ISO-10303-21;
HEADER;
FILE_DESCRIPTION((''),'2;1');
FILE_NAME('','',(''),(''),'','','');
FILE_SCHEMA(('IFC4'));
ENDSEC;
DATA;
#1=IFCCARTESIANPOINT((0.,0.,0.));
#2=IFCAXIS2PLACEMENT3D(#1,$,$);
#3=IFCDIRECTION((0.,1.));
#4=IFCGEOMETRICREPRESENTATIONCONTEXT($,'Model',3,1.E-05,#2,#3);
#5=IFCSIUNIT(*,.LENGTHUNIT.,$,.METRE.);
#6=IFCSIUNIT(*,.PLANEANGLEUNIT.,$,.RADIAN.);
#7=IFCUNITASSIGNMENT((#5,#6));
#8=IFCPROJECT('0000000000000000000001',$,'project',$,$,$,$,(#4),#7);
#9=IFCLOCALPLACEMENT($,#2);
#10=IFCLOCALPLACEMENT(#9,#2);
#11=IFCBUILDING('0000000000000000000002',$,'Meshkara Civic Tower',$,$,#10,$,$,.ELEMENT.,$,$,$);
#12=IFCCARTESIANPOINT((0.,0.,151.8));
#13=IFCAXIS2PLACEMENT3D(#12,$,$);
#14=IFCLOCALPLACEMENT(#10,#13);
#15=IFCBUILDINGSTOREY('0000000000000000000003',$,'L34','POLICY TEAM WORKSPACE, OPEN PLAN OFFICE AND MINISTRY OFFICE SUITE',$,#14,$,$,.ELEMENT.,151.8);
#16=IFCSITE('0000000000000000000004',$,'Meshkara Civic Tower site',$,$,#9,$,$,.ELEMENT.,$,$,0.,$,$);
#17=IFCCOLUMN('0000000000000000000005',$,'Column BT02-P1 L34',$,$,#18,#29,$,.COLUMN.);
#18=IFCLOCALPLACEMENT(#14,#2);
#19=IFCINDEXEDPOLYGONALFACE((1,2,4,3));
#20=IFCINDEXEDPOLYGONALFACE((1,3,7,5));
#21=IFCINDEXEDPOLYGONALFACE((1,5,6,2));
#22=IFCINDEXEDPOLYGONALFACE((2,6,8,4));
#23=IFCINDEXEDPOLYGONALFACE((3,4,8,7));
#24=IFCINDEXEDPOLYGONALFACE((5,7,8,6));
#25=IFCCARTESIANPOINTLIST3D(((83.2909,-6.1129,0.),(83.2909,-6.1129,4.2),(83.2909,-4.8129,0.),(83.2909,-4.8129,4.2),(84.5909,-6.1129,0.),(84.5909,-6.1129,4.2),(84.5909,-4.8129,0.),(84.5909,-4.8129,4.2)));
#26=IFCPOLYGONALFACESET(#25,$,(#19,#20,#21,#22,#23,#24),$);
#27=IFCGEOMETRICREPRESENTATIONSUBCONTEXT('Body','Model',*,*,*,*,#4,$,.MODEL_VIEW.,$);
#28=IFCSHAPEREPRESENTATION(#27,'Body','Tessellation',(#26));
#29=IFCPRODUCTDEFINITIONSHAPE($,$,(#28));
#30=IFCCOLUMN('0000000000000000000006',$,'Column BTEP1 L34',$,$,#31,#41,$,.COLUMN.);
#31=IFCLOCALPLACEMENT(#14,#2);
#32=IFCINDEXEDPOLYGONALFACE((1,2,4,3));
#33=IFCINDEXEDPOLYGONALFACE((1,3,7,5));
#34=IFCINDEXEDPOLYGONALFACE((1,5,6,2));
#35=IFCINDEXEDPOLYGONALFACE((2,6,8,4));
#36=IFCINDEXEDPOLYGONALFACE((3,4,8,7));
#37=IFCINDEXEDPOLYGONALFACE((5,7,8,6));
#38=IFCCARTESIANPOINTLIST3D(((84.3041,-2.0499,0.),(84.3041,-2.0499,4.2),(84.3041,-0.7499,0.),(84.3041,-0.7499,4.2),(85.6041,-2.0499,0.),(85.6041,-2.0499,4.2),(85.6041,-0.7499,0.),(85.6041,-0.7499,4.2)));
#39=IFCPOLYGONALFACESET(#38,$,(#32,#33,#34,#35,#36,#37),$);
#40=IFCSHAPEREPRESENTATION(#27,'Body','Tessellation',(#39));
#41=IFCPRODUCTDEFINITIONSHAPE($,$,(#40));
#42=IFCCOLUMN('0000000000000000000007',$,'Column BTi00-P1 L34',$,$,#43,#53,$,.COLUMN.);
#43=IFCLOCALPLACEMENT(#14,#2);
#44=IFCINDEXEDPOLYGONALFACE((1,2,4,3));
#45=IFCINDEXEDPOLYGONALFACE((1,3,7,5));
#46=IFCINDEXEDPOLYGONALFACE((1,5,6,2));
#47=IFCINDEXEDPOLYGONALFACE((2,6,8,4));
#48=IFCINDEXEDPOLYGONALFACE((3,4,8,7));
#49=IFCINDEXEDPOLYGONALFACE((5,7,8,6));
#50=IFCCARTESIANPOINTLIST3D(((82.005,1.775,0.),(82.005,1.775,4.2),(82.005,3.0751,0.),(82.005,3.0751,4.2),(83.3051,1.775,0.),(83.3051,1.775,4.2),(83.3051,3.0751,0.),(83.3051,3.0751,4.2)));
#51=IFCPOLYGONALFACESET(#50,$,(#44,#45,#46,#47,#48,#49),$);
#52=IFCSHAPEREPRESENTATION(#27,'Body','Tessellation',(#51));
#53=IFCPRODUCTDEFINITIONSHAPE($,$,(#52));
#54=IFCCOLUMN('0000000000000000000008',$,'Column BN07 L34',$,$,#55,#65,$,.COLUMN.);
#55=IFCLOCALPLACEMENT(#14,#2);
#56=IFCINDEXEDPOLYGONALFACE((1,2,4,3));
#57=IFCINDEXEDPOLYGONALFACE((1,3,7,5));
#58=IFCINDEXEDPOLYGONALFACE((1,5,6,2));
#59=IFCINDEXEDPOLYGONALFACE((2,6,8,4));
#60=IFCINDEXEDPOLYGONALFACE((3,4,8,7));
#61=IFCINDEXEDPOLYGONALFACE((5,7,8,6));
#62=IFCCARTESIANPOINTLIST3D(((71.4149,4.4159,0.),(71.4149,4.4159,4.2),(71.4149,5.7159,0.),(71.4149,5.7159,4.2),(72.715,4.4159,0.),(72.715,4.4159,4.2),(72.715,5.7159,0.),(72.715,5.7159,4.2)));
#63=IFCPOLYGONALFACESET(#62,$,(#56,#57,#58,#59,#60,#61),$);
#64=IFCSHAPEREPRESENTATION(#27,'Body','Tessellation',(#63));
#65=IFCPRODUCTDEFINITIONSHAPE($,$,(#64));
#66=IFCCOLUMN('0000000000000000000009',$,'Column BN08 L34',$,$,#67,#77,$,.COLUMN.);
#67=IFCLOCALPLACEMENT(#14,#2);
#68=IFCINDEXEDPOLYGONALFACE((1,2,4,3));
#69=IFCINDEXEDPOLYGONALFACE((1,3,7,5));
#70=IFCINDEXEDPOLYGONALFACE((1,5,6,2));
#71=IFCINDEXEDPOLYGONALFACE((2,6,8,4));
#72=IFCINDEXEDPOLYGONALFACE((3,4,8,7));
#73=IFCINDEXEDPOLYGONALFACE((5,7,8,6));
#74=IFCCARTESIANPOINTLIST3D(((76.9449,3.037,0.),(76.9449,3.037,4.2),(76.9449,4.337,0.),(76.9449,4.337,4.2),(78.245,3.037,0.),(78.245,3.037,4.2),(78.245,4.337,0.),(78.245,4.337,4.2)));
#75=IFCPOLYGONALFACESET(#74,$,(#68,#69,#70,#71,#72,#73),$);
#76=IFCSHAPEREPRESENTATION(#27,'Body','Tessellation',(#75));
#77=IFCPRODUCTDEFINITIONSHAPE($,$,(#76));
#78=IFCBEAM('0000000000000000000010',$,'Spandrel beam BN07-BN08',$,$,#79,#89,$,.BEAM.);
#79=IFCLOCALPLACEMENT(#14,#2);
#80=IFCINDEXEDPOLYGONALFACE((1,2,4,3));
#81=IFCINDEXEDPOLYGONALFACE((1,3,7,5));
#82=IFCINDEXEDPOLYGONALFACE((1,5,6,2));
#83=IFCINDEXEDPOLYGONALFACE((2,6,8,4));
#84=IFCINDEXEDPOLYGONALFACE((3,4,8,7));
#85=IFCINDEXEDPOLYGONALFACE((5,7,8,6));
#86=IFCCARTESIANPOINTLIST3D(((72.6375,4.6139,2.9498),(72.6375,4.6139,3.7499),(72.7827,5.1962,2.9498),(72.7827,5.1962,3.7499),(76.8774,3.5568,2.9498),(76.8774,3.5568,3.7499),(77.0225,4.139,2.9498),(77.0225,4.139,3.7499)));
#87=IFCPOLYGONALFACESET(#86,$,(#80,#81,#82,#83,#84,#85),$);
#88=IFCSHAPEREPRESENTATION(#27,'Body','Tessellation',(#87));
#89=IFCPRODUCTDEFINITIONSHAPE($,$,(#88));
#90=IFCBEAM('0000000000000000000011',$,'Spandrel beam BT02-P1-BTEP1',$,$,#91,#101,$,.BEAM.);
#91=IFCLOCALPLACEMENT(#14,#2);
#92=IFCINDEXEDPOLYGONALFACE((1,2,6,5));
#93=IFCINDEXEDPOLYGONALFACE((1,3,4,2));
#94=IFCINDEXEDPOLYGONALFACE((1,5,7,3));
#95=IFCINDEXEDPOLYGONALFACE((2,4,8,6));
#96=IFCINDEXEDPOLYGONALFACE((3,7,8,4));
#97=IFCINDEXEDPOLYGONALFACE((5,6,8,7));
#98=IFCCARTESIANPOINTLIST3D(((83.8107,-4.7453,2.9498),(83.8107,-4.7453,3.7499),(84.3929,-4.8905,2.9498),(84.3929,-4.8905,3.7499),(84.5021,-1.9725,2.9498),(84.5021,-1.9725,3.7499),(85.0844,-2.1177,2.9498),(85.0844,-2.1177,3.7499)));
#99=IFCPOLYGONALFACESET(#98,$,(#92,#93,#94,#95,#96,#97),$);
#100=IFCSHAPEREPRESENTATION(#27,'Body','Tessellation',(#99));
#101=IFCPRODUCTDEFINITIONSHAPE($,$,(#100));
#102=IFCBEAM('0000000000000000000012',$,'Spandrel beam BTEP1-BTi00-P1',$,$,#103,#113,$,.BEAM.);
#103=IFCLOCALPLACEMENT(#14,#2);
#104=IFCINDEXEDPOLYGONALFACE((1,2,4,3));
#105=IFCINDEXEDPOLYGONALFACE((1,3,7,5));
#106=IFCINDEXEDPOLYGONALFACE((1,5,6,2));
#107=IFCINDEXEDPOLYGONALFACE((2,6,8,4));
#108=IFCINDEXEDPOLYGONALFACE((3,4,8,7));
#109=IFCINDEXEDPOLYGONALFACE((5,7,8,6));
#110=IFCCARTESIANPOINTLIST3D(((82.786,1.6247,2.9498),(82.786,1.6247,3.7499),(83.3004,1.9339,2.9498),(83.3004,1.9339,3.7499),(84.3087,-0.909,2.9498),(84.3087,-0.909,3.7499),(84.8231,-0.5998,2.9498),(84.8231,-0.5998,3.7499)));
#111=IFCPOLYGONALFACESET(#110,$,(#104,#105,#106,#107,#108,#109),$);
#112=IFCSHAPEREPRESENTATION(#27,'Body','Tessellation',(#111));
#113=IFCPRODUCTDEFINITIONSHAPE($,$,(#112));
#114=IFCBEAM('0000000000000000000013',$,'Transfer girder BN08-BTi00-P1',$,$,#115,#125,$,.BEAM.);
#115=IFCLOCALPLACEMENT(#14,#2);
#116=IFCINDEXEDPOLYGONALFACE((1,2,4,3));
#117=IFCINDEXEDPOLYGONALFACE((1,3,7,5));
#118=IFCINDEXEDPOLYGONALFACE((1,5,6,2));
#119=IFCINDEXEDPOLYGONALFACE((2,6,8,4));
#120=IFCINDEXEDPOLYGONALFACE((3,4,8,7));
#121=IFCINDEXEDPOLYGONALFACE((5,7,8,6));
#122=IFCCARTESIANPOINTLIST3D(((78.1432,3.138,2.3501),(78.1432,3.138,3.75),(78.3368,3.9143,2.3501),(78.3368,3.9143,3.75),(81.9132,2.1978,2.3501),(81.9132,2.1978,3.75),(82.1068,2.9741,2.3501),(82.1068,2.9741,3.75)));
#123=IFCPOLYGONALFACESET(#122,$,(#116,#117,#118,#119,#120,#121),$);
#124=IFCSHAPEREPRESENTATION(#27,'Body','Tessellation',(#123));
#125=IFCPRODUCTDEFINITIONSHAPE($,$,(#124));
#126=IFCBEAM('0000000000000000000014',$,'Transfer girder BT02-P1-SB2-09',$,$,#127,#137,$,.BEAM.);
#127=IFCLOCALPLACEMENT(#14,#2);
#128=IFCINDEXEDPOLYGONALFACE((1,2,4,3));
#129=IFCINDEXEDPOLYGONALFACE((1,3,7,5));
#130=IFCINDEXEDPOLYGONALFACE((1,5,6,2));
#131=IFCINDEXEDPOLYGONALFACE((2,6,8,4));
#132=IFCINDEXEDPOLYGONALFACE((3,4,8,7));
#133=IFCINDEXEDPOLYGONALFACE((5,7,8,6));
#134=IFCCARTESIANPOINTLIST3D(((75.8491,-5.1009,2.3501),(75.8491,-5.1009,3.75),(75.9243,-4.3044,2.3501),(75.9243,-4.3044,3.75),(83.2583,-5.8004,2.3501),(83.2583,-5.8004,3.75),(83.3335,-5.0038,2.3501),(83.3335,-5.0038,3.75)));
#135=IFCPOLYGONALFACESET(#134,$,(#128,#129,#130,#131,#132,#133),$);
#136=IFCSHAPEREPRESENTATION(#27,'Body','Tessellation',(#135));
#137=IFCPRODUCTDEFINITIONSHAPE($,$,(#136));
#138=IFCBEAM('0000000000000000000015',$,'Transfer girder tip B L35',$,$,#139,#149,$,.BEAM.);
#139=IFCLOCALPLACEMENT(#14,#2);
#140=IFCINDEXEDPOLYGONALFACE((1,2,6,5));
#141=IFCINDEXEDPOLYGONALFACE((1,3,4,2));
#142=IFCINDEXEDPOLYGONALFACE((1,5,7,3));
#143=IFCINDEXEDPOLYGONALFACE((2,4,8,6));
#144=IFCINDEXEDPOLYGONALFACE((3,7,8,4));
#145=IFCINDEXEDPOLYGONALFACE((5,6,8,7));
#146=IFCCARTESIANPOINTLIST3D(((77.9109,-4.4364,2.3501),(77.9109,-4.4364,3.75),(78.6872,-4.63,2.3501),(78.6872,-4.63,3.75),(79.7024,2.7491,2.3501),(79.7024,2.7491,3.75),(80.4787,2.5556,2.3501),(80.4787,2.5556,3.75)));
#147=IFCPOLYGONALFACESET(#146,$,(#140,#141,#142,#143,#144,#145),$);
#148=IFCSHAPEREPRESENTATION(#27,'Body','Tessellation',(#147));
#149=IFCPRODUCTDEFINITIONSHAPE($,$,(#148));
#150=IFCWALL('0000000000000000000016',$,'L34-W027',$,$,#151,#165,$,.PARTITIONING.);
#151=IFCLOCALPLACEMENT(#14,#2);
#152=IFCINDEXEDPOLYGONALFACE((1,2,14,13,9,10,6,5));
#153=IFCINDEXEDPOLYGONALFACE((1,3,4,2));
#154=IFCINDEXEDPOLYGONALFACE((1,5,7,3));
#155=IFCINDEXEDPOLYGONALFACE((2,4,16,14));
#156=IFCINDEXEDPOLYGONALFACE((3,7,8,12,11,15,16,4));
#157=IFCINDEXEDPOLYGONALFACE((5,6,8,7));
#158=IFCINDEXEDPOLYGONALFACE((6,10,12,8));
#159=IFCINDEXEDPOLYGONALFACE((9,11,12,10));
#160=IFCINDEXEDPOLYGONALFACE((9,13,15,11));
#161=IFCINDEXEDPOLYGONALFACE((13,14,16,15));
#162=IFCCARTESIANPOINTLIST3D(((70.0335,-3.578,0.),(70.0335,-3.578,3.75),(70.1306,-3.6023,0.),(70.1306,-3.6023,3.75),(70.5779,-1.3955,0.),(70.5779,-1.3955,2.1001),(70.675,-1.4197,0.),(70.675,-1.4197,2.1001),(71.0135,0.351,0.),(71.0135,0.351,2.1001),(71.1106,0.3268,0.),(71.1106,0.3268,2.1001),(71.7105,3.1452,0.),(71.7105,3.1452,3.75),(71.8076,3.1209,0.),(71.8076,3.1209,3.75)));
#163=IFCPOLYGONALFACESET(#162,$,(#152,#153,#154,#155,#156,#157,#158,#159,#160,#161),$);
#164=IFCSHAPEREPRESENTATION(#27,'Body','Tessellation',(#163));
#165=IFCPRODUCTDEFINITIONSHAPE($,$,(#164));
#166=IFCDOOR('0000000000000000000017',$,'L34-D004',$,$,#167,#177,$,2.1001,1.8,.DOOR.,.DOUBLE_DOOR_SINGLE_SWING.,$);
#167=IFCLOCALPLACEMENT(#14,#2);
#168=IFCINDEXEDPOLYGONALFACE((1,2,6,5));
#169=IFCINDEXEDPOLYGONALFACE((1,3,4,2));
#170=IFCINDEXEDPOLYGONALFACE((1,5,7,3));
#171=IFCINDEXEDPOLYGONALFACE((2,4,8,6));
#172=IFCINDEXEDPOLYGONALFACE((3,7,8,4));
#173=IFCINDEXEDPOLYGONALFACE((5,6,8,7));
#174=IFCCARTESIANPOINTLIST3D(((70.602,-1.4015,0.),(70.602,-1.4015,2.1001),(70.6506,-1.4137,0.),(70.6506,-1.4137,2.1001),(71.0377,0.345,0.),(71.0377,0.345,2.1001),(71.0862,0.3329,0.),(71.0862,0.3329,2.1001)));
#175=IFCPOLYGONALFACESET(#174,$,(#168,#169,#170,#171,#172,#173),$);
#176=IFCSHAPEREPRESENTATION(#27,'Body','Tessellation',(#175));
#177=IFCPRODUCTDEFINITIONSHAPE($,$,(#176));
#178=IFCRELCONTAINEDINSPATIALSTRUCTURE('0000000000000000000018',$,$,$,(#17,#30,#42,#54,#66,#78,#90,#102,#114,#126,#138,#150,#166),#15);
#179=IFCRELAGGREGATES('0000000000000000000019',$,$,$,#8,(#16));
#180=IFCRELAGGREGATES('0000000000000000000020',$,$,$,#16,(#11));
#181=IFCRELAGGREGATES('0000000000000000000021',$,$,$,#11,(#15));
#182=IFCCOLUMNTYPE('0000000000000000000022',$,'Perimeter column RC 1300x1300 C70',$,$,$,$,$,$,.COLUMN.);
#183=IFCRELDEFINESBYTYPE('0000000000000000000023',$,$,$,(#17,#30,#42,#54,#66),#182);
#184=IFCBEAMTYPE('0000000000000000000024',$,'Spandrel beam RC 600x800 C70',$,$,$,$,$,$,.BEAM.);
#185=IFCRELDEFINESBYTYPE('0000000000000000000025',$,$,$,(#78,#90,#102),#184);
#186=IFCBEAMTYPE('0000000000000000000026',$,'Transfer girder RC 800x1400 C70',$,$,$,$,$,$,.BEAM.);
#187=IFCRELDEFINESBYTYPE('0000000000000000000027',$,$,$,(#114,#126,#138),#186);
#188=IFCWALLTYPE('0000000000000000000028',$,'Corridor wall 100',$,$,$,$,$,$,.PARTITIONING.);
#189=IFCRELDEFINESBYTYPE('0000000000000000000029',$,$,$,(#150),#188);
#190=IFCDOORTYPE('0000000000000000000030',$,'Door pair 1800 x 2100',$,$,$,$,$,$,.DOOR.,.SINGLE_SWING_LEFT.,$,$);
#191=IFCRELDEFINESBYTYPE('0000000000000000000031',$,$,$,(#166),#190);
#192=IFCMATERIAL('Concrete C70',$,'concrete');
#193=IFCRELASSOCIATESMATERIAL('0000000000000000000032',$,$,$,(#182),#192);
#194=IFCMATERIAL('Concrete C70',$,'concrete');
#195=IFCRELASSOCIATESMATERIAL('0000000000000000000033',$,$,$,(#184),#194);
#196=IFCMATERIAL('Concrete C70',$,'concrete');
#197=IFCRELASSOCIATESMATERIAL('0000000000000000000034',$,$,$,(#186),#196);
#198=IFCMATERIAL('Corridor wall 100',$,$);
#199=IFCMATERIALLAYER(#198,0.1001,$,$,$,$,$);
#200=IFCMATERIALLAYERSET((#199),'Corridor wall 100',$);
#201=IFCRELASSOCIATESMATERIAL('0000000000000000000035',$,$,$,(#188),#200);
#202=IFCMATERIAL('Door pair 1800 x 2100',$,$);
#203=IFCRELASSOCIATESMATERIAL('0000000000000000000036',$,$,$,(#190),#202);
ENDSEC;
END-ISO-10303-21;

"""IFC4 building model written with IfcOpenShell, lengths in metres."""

from ifc_helpers import new_model, si_unit, direction, frame, frame_2d, origin, origin_2d, place, context, subcontext, project, spatial, rectangle, extrude, material, layer, layer_set, material_profile, profile_set, type_object, element, fill, save


model = new_model("IFC4")

# Units and contexts
model_context = context("Model", 3, precision=1e-05, world=origin(), true_north=direction((0.0, 1.0)))
body_context = subcontext(model_context, "Body", "Model", "MODEL_VIEW")
ifc_project = project(units=[si_unit("LENGTHUNIT", "METRE"), si_unit("PLANEANGLEUNIT", "RADIAN")], contexts=[model_context])

# Site, building, storey
site_placement = place(None, origin())
site = spatial("IfcSite", under=ifc_project, at=site_placement, Name="Meshkara Civic Tower site", CompositionType="ELEMENT", RefElevation=0.0)
building_placement = place(site_placement, origin())
building = spatial("IfcBuilding", under=site, at=building_placement, Name="Meshkara Civic Tower", CompositionType="ELEMENT")
storey_placement = place(building_placement, frame((0.0, 0.0, 151.8)))
storey = spatial("IfcBuildingStorey", under=building, at=storey_placement, Name="L34", Description="POLICY TEAM WORKSPACE, OPEN PLAN OFFICE AND MINISTRY OFFICE SUITE", CompositionType="ELEMENT", Elevation=151.8)

# Columns
ifc_material_1 = material(Name="Concrete C70", Category="concrete")
ifc_material_profile_1 = material_profile(ifc_material_1, rectangle(XDim=1.3, YDim=1.3, at=origin_2d()))
ifc_profile_set_1 = profile_set([ifc_material_profile_1], Name="Concrete C70")
column_type = type_object("IfcColumnType", Name="Perimeter column RC 1300x1300 C70", PredefinedType="COLUMN", material=ifc_profile_set_1)
for number, where, z_axis, x_axis, name in (
    (1, (83.9409, -5.4629, 0.0), (0.0, 0.0, 1.0), (1.0, 0.0, 0.0), "Column BT02-P1 L34"),
    (2, (84.9541, -1.3999, 0.0), (0.0, 0.0, 1.0), (1.0, 0.0, 0.0), "Column BTEP1 L34"),
    (3, (82.655, 2.425, 0.0), (0.0, 0.0, 1.0), (1.0, 0.0, 0.0), "Column BTi00-P1 L34"),
    (4, (72.0649, 5.0659, 0.0), (0.0, 0.0, 1.0), (1.0, 0.0, 0.0), "Column BN07 L34"),
    (5, (77.595, 3.687, 0.0), (0.0, 0.0, 1.0), (1.0, 0.0, 0.0), "Column BN08 L34"),
):
    element("IfcColumn", number, at=place(storey_placement, frame(where, z_axis=z_axis, x_axis=x_axis)), inside=storey, type_object=column_type, Name=name, PredefinedType="COLUMN", context=body_context, shape_type="SweptSolid", body=[
        extrude(rectangle(XDim=1.3, YDim=1.3, at=origin_2d()), origin(), (0.0, 0.0, 1.0), 4.2),
    ])

# Beams
ifc_material_2 = material(Name="Concrete C70", Category="concrete")
ifc_material_profile_2 = material_profile(ifc_material_2, rectangle(XDim=0.6001, YDim=0.8, at=origin_2d()))
ifc_profile_set_2 = profile_set([ifc_material_profile_2], Name="Concrete C70")
beam_type_1 = type_object("IfcBeamType", Name="Spandrel beam RC 600x800 C70", PredefinedType="BEAM", material=ifc_profile_set_2)
beam_1_placement = place(storey_placement, frame((76.95, 3.8479, 3.3499), z_axis=(-0.970293, 0.241931, 0.0), x_axis=(-0.241931, -0.970293, 0.0)))
element("IfcBeam", 6, at=beam_1_placement, inside=storey, type_object=beam_type_1, Name="Spandrel beam BN07-BN08", PredefinedType="BEAM", context=body_context, shape_type="SweptSolid", body=[
    extrude(rectangle(XDim=0.6001, YDim=0.8, at=origin_2d()), origin(), (0.0, 0.0, 1.0), 4.3696),
])
beam_2_placement = place(storey_placement, frame((84.1018, -4.8179, 3.3499), z_axis=(0.241953, 0.970288, 0.0), x_axis=(-0.970288, 0.241953, 0.0)))
element("IfcBeam", 7, at=beam_2_placement, inside=storey, type_object=beam_type_1, Name="Spandrel beam BT02-P1-BTEP1", PredefinedType="BEAM", context=body_context, shape_type="SweptSolid", body=[
    extrude(rectangle(XDim=0.6001, YDim=0.8, at=origin_2d()), origin(), (0.0, 0.0, 1.0), 2.8577),
])
beam_3_placement = place(storey_placement, frame((84.5659, -0.7544, 3.3499), z_axis=(-0.515115, 0.857121, 0.0), x_axis=(-0.857121, -0.515115, 0.0)))
element("IfcBeam", 8, at=beam_3_placement, inside=storey, type_object=beam_type_1, Name="Spandrel beam BTEP1-BTi00-P1", PredefinedType="BEAM", context=body_context, shape_type="SweptSolid", body=[
    extrude(rectangle(XDim=0.6001, YDim=0.8, at=origin_2d()), origin(), (0.0, 0.0, 1.0), 2.9561),
])
ifc_material_3 = material(Name="Concrete C70", Category="concrete")
ifc_material_profile_3 = material_profile(ifc_material_3, rectangle(XDim=0.8, YDim=1.3999, at=origin_2d()))
ifc_profile_set_3 = profile_set([ifc_material_profile_3], Name="Concrete C70")
beam_type_2 = type_object("IfcBeamType", Name="Transfer girder RC 800x1400 C70", PredefinedType="BEAM", material=ifc_profile_set_3)
beam_4_placement = place(storey_placement, frame((78.24, 3.5261, 3.05), z_axis=(0.970283, -0.241974, 0.0), x_axis=(0.241974, 0.970283, 0.0)))
element("IfcBeam", 9, at=beam_4_placement, inside=storey, type_object=beam_type_2, Name="Transfer girder BN08-BTi00-P1", PredefinedType="BEAM", context=body_context, shape_type="SweptSolid", body=[
    extrude(rectangle(XDim=0.8, YDim=1.3999, at=origin_2d()), origin(), (0.0, 0.0, 1.0), 3.8855),
])
beam_5_placement = place(storey_placement, frame((75.8867, -4.7026, 3.05), z_axis=(0.995573, -0.093987, 0.0), x_axis=(0.093987, 0.995573, 0.0)))
element("IfcBeam", 10, at=beam_5_placement, inside=storey, type_object=beam_type_2, Name="Transfer girder BT02-P1-SB2-09", PredefinedType="BEAM", context=body_context, shape_type="SweptSolid", body=[
    extrude(rectangle(XDim=0.8, YDim=1.3999, at=origin_2d()), origin(), (0.0, 0.0, 1.0), 7.4421),
])
beam_6_placement = place(storey_placement, frame((78.2991, -4.5332, 3.05), z_axis=(0.241915, 0.970297, 0.0), x_axis=(-0.970297, 0.241915, 0.0)))
element("IfcBeam", 11, at=beam_6_placement, inside=storey, type_object=beam_type_2, Name="Transfer girder tip B L35", PredefinedType="BEAM", context=body_context, shape_type="SweptSolid", body=[
    extrude(rectangle(XDim=0.8, YDim=1.3999, at=origin_2d()), origin(), (0.0, 0.0, 1.0), 7.4055),
])

# Wall, opening, door
ifc_material_4 = material(Name="Corridor wall 100")
ifc_layer_1 = layer(ifc_material_4, 0.1001)
ifc_layer_set_1 = layer_set([ifc_layer_1], Name="Corridor wall 100")
wall_type_1 = type_object("IfcWallType", Name="Corridor wall 100", PredefinedType="PARTITIONING", material=ifc_layer_set_1)
wall_1_placement = place(storey_placement, frame((71.759, 3.1331, 0.0), z_axis=(0.0, 0.0, 1.0), x_axis=(-0.242022, -0.970271, 0.0)))
wall_1 = element("IfcWall", 12, at=wall_1_placement, inside=storey, type_object=wall_type_1, Name="L34-W027", PredefinedType="PARTITIONING", context=body_context, shape_type="SweptSolid", body=[
    extrude(rectangle(XDim=6.9292, YDim=0.1001, at=frame_2d((3.4646, 0.0))), origin(), (0.0, 0.0, 1.0), 3.75),
])
opening_1_placement = place(wall_1_placement, frame((2.8799, 0.0, 0.0)))
opening_1 = element("IfcOpeningElement", 13, at=opening_1_placement, cuts=wall_1, PredefinedType="OPENING", context=body_context, shape_type="SweptSolid", body=[
    extrude(rectangle(XDim=1.8, YDim=2.1001, at=frame_2d((0.8999, 1.05))), frame((0.0, 0.0601, 0.0), z_axis=(0.0, -1.0, 0.0), x_axis=(1.0, 0.0, 0.0)), (0.0, 0.0, 1.0), 0.1201),
])
ifc_material_5 = material(Name="Door pair 1800 x 2100")
door_type_1 = type_object("IfcDoorType", Name="Door pair 1800 x 2100", OperationType="SINGLE_SWING_LEFT", PredefinedType="DOOR", material=ifc_material_5)
door_1_placement = place(opening_1_placement, origin())
door_1 = element("IfcDoor", 14, at=door_1_placement, inside=storey, type_object=door_type_1, Name="L34-D004", OperationType="DOUBLE_DOOR_SINGLE_SWING", OverallHeight=2.1001, OverallWidth=1.8, PredefinedType="DOOR", context=body_context, shape_type="SweptSolid", body=[
    extrude(rectangle(XDim=1.8, YDim=2.1001, at=frame_2d((0.8999, 1.05))), frame((0.0, 0.0249, 0.0), z_axis=(0.0, -1.0, 0.0), x_axis=(1.0, 0.0, 0.0)), (0.0, 0.0, 1.0), 0.05),
])
fill(opening_1, door_1)

save(model, "model.ifc")
